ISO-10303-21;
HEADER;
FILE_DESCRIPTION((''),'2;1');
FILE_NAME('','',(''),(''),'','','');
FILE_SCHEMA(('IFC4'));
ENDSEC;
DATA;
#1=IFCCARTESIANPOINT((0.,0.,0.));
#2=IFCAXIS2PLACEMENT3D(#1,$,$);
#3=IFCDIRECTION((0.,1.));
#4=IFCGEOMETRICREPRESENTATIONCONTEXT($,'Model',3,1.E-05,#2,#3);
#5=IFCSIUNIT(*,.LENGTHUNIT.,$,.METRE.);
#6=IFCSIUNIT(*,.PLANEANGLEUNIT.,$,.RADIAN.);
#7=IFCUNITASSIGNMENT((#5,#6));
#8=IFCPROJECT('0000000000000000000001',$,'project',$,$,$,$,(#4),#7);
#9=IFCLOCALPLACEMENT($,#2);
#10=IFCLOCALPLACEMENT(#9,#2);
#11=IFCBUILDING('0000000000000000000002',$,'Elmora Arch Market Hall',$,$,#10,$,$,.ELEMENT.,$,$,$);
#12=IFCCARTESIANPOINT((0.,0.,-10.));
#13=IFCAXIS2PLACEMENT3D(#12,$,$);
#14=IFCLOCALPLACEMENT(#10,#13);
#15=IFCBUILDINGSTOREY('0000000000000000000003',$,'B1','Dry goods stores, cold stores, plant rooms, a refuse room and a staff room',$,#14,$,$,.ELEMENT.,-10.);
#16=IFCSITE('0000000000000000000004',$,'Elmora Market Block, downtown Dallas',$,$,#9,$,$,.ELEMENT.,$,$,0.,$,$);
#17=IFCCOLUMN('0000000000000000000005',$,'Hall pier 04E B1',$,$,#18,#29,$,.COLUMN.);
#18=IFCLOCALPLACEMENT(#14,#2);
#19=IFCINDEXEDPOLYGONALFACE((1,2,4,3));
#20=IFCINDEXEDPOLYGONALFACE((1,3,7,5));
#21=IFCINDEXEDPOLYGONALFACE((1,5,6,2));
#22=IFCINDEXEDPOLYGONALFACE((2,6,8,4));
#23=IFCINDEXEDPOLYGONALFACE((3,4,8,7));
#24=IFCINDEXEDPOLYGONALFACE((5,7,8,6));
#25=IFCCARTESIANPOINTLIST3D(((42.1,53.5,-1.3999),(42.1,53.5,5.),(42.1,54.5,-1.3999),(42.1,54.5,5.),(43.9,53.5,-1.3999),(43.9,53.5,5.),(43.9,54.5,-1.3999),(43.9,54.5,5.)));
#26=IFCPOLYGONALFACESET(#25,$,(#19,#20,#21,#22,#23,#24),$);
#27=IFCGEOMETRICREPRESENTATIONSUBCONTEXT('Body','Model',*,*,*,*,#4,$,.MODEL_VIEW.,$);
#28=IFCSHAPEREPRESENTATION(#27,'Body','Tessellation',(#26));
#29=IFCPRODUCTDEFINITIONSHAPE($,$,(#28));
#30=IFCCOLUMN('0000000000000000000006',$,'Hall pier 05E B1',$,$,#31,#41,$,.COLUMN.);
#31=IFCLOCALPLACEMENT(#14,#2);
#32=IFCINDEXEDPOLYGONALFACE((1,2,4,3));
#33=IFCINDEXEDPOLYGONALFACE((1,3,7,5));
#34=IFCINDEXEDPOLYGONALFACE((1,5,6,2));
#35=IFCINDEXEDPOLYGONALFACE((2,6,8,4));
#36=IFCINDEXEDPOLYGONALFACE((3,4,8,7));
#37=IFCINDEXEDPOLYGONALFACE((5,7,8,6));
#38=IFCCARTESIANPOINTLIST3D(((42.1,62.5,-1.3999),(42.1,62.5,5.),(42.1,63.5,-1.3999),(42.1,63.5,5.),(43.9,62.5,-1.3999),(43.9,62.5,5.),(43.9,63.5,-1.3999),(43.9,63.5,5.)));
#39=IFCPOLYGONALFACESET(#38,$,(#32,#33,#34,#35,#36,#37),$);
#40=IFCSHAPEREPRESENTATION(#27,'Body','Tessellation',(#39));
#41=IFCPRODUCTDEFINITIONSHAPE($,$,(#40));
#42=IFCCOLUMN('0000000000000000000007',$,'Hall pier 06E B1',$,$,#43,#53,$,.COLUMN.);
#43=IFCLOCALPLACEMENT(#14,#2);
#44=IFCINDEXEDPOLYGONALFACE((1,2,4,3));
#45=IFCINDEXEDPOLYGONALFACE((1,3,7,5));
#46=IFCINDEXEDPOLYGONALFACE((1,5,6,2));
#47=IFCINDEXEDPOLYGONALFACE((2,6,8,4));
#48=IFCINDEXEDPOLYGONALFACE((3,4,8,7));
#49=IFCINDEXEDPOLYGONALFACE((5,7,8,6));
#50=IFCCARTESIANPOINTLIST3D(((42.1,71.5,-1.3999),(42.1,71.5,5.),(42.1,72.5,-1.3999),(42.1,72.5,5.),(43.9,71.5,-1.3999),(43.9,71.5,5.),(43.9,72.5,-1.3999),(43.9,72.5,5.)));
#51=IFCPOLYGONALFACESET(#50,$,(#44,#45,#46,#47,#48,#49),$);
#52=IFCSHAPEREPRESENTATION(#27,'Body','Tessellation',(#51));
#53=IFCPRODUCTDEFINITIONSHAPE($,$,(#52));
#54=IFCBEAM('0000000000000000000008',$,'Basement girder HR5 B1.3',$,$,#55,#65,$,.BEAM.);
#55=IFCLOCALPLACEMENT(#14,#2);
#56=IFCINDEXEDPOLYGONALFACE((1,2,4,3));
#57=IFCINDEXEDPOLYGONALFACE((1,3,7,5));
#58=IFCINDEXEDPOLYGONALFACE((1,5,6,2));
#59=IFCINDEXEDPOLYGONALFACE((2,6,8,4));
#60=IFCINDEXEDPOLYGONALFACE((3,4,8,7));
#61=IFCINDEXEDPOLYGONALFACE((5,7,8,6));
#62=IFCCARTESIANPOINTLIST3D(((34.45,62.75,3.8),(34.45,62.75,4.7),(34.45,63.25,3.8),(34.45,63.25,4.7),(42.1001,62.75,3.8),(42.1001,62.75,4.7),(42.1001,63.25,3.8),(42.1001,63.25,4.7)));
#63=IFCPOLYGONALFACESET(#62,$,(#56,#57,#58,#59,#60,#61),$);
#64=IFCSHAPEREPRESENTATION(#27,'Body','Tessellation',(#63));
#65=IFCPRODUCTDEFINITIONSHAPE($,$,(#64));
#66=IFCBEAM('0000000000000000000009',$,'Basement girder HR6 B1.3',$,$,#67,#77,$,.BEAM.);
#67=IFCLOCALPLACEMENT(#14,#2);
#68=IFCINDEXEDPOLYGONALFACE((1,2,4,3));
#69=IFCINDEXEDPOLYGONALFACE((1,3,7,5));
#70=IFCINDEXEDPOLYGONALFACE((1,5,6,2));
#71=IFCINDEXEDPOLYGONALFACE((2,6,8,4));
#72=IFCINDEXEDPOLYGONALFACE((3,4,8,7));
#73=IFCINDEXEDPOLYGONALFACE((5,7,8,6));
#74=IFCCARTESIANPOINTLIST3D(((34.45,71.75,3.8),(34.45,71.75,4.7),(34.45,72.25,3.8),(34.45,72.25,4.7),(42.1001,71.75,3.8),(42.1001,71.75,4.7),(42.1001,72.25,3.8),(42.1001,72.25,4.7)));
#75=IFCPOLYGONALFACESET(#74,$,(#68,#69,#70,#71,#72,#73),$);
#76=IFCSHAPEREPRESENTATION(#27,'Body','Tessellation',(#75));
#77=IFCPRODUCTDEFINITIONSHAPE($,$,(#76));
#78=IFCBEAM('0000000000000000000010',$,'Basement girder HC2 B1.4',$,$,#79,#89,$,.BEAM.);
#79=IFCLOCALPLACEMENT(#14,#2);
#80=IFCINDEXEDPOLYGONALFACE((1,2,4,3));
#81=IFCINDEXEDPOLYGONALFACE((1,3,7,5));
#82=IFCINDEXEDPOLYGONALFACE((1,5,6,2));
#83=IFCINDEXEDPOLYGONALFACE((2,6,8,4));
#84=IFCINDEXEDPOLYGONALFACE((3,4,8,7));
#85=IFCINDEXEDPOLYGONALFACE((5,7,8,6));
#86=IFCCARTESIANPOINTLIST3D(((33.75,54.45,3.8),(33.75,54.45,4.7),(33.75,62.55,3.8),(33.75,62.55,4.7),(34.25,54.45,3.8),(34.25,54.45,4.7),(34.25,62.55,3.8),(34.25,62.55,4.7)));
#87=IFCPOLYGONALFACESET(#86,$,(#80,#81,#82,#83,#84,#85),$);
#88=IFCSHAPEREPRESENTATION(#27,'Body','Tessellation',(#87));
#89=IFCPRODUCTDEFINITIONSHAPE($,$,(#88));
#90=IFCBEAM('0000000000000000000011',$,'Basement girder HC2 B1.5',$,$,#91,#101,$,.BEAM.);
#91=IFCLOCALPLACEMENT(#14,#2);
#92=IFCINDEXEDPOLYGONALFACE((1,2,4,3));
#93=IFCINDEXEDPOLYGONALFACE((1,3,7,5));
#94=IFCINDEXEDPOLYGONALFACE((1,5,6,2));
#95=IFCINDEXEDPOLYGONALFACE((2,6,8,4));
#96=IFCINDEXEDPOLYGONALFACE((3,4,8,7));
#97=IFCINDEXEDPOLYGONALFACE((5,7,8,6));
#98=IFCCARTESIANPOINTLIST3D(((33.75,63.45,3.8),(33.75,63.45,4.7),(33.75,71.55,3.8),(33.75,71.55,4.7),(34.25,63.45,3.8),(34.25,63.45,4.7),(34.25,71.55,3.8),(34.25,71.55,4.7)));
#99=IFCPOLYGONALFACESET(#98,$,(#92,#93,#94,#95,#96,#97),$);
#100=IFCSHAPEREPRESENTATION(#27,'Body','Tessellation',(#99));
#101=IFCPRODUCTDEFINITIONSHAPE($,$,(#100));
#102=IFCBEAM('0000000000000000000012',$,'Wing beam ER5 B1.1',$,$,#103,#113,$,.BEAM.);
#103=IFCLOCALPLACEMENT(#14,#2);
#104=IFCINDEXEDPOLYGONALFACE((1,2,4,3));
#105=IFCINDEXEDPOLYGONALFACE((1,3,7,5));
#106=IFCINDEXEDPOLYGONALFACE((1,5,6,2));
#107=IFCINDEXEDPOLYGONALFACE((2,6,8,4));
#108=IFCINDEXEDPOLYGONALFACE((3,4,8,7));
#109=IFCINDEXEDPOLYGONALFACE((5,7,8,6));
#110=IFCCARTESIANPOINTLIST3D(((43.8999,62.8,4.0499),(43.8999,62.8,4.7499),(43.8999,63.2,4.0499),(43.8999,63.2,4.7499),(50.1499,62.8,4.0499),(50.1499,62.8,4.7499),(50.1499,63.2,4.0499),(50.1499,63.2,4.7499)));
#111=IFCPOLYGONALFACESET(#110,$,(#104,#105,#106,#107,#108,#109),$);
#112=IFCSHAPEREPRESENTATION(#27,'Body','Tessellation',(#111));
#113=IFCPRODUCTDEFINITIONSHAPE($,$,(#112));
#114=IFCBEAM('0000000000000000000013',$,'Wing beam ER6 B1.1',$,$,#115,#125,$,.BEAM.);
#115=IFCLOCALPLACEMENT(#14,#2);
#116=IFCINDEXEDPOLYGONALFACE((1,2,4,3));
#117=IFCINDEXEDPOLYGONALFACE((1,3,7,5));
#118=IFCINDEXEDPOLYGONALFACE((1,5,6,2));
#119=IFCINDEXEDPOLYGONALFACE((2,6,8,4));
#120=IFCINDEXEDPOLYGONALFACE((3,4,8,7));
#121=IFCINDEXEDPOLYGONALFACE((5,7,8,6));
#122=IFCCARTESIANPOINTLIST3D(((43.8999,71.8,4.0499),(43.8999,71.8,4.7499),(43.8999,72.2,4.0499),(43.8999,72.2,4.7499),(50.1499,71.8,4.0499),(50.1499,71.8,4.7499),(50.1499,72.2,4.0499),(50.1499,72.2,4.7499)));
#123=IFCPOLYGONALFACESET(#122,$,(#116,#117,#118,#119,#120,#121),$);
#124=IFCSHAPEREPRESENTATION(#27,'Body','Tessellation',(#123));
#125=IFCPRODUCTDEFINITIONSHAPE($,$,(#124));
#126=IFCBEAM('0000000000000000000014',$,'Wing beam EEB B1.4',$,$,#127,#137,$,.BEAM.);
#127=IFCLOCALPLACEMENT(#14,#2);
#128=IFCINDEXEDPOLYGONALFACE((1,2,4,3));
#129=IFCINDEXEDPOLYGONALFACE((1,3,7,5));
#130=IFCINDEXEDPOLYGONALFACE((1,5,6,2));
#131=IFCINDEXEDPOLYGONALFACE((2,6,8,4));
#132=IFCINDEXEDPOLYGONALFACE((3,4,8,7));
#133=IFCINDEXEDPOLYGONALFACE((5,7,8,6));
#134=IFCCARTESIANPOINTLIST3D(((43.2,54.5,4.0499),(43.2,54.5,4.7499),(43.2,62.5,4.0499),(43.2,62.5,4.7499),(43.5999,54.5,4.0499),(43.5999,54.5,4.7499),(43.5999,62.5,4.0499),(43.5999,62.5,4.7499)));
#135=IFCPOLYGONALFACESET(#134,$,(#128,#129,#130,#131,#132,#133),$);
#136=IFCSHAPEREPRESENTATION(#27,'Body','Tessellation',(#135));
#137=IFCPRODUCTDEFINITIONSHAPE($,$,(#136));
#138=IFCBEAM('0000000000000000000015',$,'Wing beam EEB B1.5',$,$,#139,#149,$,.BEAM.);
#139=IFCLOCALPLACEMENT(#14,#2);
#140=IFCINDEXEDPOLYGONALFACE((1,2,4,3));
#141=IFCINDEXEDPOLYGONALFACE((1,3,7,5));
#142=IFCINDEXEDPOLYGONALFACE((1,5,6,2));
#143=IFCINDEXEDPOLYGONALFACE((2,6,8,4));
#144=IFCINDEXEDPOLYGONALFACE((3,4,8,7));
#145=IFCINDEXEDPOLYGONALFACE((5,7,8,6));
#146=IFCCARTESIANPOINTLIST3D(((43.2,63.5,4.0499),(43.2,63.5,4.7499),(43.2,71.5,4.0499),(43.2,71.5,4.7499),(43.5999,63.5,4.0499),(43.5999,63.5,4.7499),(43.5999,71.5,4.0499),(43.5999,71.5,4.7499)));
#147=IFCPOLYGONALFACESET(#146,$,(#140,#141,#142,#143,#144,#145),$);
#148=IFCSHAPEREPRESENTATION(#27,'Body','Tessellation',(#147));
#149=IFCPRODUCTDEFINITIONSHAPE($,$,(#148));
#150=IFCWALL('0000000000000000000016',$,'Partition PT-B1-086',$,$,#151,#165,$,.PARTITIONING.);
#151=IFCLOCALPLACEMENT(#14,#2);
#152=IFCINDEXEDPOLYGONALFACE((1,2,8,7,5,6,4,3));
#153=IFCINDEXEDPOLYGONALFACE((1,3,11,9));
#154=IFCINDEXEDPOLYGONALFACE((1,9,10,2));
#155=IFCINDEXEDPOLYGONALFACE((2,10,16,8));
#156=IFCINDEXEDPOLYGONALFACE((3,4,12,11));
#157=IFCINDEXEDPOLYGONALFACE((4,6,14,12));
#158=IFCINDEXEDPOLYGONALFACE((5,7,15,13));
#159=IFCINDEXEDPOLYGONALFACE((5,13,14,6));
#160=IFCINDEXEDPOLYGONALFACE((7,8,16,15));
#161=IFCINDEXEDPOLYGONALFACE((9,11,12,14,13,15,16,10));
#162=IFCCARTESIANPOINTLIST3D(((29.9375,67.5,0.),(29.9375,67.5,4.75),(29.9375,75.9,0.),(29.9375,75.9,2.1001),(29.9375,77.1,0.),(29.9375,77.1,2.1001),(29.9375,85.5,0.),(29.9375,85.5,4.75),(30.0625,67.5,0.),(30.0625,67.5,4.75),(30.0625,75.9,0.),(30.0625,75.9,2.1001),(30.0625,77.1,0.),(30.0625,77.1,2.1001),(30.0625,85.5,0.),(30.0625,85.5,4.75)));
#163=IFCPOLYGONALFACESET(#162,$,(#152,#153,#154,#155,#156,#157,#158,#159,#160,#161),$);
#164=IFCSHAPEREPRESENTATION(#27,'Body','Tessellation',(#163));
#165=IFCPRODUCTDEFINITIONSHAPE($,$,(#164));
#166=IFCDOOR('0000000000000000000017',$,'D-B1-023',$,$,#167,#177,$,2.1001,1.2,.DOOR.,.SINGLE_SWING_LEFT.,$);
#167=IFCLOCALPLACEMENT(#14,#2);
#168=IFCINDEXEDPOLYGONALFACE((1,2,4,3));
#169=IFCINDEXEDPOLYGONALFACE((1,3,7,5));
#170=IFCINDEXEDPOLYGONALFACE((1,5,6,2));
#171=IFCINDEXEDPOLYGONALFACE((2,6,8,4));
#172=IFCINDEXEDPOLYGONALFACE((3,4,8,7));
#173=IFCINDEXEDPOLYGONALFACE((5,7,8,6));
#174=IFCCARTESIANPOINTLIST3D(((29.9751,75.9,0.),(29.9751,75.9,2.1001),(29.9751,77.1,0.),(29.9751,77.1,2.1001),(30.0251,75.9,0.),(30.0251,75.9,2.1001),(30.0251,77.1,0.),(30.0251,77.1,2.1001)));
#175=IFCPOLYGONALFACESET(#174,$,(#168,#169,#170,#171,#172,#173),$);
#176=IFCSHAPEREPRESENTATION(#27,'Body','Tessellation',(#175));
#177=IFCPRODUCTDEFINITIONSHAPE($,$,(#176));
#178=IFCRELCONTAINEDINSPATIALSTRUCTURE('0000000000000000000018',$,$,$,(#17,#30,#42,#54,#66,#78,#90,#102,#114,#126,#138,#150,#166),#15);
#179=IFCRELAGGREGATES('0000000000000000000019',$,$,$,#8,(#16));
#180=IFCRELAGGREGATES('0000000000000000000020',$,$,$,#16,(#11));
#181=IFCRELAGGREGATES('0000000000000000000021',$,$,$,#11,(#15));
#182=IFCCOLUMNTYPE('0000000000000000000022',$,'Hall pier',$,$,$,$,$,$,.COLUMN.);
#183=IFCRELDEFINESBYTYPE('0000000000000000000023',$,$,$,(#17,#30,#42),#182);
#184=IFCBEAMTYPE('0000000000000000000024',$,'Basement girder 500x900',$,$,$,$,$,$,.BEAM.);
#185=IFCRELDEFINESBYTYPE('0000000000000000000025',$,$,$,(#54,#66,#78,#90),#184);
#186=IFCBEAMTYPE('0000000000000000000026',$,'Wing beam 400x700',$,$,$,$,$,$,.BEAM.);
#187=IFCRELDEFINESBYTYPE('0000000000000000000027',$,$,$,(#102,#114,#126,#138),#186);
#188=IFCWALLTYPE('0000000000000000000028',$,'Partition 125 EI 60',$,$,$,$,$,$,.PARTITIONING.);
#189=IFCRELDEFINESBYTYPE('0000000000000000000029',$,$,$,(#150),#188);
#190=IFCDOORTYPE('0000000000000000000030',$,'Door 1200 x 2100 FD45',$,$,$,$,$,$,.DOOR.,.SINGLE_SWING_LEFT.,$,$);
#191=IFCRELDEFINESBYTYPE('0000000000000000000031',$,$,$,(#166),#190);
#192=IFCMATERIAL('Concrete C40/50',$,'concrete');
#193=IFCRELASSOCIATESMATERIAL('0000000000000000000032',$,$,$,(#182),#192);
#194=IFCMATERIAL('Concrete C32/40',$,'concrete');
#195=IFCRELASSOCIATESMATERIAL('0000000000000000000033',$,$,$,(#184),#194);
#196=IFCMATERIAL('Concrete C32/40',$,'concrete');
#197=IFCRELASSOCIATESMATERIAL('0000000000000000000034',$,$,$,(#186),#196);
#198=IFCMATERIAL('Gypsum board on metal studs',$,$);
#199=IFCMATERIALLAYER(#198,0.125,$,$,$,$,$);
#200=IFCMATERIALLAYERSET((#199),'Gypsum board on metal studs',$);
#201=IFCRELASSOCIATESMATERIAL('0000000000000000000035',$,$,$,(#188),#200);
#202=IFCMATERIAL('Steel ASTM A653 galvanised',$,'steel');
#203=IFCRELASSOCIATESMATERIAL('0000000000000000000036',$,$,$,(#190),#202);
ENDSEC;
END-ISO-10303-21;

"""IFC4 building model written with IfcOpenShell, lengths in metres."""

from ifc_helpers import new_model, si_unit, direction, frame, frame_2d, origin, origin_2d, place, context, subcontext, project, spatial, rectangle, extrude, material, layer, layer_set, material_profile, profile_set, type_object, element, fill, save


model = new_model("IFC4")

# Units and contexts
model_context = context("Model", 3, precision=1e-05, world=origin(), true_north=direction((0.0, 1.0)))
body_context = subcontext(model_context, "Body", "Model", "MODEL_VIEW")
ifc_project = project(units=[si_unit("LENGTHUNIT", "METRE"), si_unit("PLANEANGLEUNIT", "RADIAN")], contexts=[model_context])

# Site, building, storey
site_placement = place(None, origin())
site = spatial("IfcSite", under=ifc_project, at=site_placement, Name="Elmora Market Block, downtown Dallas", CompositionType="ELEMENT", RefElevation=0.0)
building_placement = place(site_placement, origin())
building = spatial("IfcBuilding", under=site, at=building_placement, Name="Elmora Arch Market Hall", CompositionType="ELEMENT")
storey_placement = place(building_placement, frame((0.0, 0.0, -10.0)))
storey = spatial("IfcBuildingStorey", under=building, at=storey_placement, Name="B1", Description="Dry goods stores, cold stores, plant rooms, a refuse room and a staff room", CompositionType="ELEMENT", Elevation=-10.0)

# Columns
ifc_material_1 = material(Name="Concrete C40/50", Category="concrete")
ifc_material_profile_1 = material_profile(ifc_material_1, rectangle(XDim=1.8, YDim=1.0, at=origin_2d()), Name="Hall pier")
ifc_profile_set_1 = profile_set([ifc_material_profile_1], Name="Concrete C40/50")
column_type_1 = type_object("IfcColumnType", Name="Hall pier", PredefinedType="COLUMN", material=ifc_profile_set_1)
for number, where, z_axis, x_axis, name in (
    (1, (43.0, 54.0, -1.3999), (0.0, 0.0, 1.0), (1.0, 0.0, 0.0), "Hall pier 04E B1"),
    (2, (43.0, 63.0, -1.3999), (0.0, 0.0, 1.0), (1.0, 0.0, 0.0), "Hall pier 05E B1"),
    (3, (43.0, 72.0, -1.3999), (0.0, 0.0, 1.0), (1.0, 0.0, 0.0), "Hall pier 06E B1"),
):
    element("IfcColumn", number, at=place(storey_placement, frame(where, z_axis=z_axis, x_axis=x_axis)), inside=storey, type_object=column_type_1, Name=name, PredefinedType="COLUMN", context=body_context, shape_type="SweptSolid", body=[
        extrude(rectangle(XDim=1.8, YDim=1.0, at=origin_2d()), origin(), (0.0, 0.0, 1.0), 6.3999),
    ])

# Beams
ifc_material_2 = material(Name="Concrete C32/40", Category="concrete")
ifc_material_profile_2 = material_profile(ifc_material_2, rectangle(XDim=0.5, YDim=0.8999, at=origin_2d()), Name="Basement girder 500x900")
ifc_profile_set_2 = profile_set([ifc_material_profile_2], Name="Concrete C32/40")
beam_type_1 = type_object("IfcBeamType", Name="Basement girder 500x900", PredefinedType="BEAM", material=ifc_profile_set_2)
for number, where, z_axis, x_axis, name in (
    (4, (34.45, 63.0, 4.25), (1.0, 0.0, 0.0), (0.0, 1.0, 0.0), "Basement girder HR5 B1.3"),
    (5, (34.45, 72.0, 4.25), (1.0, 0.0, 0.0), (0.0, 1.0, 0.0), "Basement girder HR6 B1.3"),
):
    element("IfcBeam", number, at=place(storey_placement, frame(where, z_axis=z_axis, x_axis=x_axis)), inside=storey, type_object=beam_type_1, Name=name, PredefinedType="BEAM", context=body_context, shape_type="SweptSolid", body=[
        extrude(rectangle(XDim=0.5, YDim=0.8999, at=origin_2d()), origin(), (0.0, 0.0, 1.0), 7.6501),
    ])
for number, where, z_axis, x_axis, name in (
    (6, (34.0, 54.45, 4.25), (0.0, 1.0, 0.0), (-1.0, 0.0, 0.0), "Basement girder HC2 B1.4"),
    (7, (34.0, 63.45, 4.25), (0.0, 1.0, 0.0), (-1.0, 0.0, 0.0), "Basement girder HC2 B1.5"),
):
    element("IfcBeam", number, at=place(storey_placement, frame(where, z_axis=z_axis, x_axis=x_axis)), inside=storey, type_object=beam_type_1, Name=name, PredefinedType="BEAM", context=body_context, shape_type="SweptSolid", body=[
        extrude(rectangle(XDim=0.5, YDim=0.8999, at=origin_2d()), origin(), (0.0, 0.0, 1.0), 8.1001),
    ])
ifc_material_3 = material(Name="Concrete C32/40", Category="concrete")
ifc_material_profile_3 = material_profile(ifc_material_3, rectangle(XDim=0.3999, YDim=0.7, at=origin_2d()), Name="Wing beam 400x700")
ifc_profile_set_3 = profile_set([ifc_material_profile_3], Name="Concrete C32/40")
beam_type_2 = type_object("IfcBeamType", Name="Wing beam 400x700", PredefinedType="BEAM", material=ifc_profile_set_3)
for number, where, z_axis, x_axis, name in (
    (8, (43.8999, 63.0, 4.3999), (1.0, 0.0, 0.0), (0.0, 1.0, 0.0), "Wing beam ER5 B1.1"),
    (9, (43.8999, 72.0, 4.3999), (1.0, 0.0, 0.0), (0.0, 1.0, 0.0), "Wing beam ER6 B1.1"),
):
    element("IfcBeam", number, at=place(storey_placement, frame(where, z_axis=z_axis, x_axis=x_axis)), inside=storey, type_object=beam_type_2, Name=name, PredefinedType="BEAM", context=body_context, shape_type="SweptSolid", body=[
        extrude(rectangle(XDim=0.3999, YDim=0.7, at=origin_2d()), origin(), (0.0, 0.0, 1.0), 6.25),
    ])
for number, where, z_axis, x_axis, name in (
    (10, (43.3999, 54.5, 4.3999), (0.0, 1.0, 0.0), (-1.0, 0.0, 0.0), "Wing beam EEB B1.4"),
    (11, (43.3999, 63.5, 4.3999), (0.0, 1.0, 0.0), (-1.0, 0.0, 0.0), "Wing beam EEB B1.5"),
):
    element("IfcBeam", number, at=place(storey_placement, frame(where, z_axis=z_axis, x_axis=x_axis)), inside=storey, type_object=beam_type_2, Name=name, PredefinedType="BEAM", context=body_context, shape_type="SweptSolid", body=[
        extrude(rectangle(XDim=0.3999, YDim=0.7, at=origin_2d()), origin(), (0.0, 0.0, 1.0), 8.0),
    ])

# Wall, opening, door
ifc_material_4 = material(Name="Gypsum board on metal studs")
ifc_layer_1 = layer(ifc_material_4, 0.125)
ifc_layer_set_1 = layer_set([ifc_layer_1], Name="Gypsum board on metal studs")
wall_type_1 = type_object("IfcWallType", Name="Partition 125 EI 60", PredefinedType="PARTITIONING", material=ifc_layer_set_1)
wall_1_placement = place(storey_placement, frame((30.0, 67.5, 0.0), z_axis=(0.0, 0.0, 1.0), x_axis=(0.0, 1.0, 0.0)))
wall_1 = element("IfcWall", 12, at=wall_1_placement, inside=storey, type_object=wall_type_1, Name="Partition PT-B1-086", PredefinedType="PARTITIONING", context=body_context, shape_type="SweptSolid", body=[
    extrude(rectangle(XDim=18.0, YDim=0.125, at=frame_2d((9.0, 0.0))), origin(), (0.0, 0.0, 1.0), 4.75),
])
opening_1_placement = place(wall_1_placement, frame((8.3999, 0.0, 0.0)))
opening_1 = element("IfcOpeningElement", 13, at=opening_1_placement, cuts=wall_1, PredefinedType="OPENING", context=body_context, shape_type="SweptSolid", body=[
    extrude(rectangle(XDim=1.2, YDim=2.1001, at=frame_2d((0.6001, 1.05))), frame((0.0, 0.0725, 0.0), z_axis=(0.0, -1.0, 0.0), x_axis=(1.0, 0.0, 0.0)), (0.0, 0.0, 1.0), 0.145),
])
ifc_material_5 = material(Name="Steel ASTM A653 galvanised", Category="steel")
door_type = type_object("IfcDoorType", Name="Door 1200 x 2100 FD45", OperationType="SINGLE_SWING_LEFT", PredefinedType="DOOR", material=ifc_material_5)
door_1_placement = place(opening_1_placement, origin())
door_1 = element("IfcDoor", 14, at=door_1_placement, inside=storey, type_object=door_type, Name="D-B1-023", OperationType="SINGLE_SWING_LEFT", OverallHeight=2.1001, OverallWidth=1.2, PredefinedType="DOOR", context=body_context, shape_type="SweptSolid", body=[
    extrude(rectangle(XDim=1.2, YDim=2.1001, at=frame_2d((0.6001, 1.05))), frame((0.0, 0.0249, 0.0), z_axis=(0.0, -1.0, 0.0), x_axis=(1.0, 0.0, 0.0)), (0.0, 0.0, 1.0), 0.05),
])
fill(opening_1, door_1)

save(model, "model.ifc")
